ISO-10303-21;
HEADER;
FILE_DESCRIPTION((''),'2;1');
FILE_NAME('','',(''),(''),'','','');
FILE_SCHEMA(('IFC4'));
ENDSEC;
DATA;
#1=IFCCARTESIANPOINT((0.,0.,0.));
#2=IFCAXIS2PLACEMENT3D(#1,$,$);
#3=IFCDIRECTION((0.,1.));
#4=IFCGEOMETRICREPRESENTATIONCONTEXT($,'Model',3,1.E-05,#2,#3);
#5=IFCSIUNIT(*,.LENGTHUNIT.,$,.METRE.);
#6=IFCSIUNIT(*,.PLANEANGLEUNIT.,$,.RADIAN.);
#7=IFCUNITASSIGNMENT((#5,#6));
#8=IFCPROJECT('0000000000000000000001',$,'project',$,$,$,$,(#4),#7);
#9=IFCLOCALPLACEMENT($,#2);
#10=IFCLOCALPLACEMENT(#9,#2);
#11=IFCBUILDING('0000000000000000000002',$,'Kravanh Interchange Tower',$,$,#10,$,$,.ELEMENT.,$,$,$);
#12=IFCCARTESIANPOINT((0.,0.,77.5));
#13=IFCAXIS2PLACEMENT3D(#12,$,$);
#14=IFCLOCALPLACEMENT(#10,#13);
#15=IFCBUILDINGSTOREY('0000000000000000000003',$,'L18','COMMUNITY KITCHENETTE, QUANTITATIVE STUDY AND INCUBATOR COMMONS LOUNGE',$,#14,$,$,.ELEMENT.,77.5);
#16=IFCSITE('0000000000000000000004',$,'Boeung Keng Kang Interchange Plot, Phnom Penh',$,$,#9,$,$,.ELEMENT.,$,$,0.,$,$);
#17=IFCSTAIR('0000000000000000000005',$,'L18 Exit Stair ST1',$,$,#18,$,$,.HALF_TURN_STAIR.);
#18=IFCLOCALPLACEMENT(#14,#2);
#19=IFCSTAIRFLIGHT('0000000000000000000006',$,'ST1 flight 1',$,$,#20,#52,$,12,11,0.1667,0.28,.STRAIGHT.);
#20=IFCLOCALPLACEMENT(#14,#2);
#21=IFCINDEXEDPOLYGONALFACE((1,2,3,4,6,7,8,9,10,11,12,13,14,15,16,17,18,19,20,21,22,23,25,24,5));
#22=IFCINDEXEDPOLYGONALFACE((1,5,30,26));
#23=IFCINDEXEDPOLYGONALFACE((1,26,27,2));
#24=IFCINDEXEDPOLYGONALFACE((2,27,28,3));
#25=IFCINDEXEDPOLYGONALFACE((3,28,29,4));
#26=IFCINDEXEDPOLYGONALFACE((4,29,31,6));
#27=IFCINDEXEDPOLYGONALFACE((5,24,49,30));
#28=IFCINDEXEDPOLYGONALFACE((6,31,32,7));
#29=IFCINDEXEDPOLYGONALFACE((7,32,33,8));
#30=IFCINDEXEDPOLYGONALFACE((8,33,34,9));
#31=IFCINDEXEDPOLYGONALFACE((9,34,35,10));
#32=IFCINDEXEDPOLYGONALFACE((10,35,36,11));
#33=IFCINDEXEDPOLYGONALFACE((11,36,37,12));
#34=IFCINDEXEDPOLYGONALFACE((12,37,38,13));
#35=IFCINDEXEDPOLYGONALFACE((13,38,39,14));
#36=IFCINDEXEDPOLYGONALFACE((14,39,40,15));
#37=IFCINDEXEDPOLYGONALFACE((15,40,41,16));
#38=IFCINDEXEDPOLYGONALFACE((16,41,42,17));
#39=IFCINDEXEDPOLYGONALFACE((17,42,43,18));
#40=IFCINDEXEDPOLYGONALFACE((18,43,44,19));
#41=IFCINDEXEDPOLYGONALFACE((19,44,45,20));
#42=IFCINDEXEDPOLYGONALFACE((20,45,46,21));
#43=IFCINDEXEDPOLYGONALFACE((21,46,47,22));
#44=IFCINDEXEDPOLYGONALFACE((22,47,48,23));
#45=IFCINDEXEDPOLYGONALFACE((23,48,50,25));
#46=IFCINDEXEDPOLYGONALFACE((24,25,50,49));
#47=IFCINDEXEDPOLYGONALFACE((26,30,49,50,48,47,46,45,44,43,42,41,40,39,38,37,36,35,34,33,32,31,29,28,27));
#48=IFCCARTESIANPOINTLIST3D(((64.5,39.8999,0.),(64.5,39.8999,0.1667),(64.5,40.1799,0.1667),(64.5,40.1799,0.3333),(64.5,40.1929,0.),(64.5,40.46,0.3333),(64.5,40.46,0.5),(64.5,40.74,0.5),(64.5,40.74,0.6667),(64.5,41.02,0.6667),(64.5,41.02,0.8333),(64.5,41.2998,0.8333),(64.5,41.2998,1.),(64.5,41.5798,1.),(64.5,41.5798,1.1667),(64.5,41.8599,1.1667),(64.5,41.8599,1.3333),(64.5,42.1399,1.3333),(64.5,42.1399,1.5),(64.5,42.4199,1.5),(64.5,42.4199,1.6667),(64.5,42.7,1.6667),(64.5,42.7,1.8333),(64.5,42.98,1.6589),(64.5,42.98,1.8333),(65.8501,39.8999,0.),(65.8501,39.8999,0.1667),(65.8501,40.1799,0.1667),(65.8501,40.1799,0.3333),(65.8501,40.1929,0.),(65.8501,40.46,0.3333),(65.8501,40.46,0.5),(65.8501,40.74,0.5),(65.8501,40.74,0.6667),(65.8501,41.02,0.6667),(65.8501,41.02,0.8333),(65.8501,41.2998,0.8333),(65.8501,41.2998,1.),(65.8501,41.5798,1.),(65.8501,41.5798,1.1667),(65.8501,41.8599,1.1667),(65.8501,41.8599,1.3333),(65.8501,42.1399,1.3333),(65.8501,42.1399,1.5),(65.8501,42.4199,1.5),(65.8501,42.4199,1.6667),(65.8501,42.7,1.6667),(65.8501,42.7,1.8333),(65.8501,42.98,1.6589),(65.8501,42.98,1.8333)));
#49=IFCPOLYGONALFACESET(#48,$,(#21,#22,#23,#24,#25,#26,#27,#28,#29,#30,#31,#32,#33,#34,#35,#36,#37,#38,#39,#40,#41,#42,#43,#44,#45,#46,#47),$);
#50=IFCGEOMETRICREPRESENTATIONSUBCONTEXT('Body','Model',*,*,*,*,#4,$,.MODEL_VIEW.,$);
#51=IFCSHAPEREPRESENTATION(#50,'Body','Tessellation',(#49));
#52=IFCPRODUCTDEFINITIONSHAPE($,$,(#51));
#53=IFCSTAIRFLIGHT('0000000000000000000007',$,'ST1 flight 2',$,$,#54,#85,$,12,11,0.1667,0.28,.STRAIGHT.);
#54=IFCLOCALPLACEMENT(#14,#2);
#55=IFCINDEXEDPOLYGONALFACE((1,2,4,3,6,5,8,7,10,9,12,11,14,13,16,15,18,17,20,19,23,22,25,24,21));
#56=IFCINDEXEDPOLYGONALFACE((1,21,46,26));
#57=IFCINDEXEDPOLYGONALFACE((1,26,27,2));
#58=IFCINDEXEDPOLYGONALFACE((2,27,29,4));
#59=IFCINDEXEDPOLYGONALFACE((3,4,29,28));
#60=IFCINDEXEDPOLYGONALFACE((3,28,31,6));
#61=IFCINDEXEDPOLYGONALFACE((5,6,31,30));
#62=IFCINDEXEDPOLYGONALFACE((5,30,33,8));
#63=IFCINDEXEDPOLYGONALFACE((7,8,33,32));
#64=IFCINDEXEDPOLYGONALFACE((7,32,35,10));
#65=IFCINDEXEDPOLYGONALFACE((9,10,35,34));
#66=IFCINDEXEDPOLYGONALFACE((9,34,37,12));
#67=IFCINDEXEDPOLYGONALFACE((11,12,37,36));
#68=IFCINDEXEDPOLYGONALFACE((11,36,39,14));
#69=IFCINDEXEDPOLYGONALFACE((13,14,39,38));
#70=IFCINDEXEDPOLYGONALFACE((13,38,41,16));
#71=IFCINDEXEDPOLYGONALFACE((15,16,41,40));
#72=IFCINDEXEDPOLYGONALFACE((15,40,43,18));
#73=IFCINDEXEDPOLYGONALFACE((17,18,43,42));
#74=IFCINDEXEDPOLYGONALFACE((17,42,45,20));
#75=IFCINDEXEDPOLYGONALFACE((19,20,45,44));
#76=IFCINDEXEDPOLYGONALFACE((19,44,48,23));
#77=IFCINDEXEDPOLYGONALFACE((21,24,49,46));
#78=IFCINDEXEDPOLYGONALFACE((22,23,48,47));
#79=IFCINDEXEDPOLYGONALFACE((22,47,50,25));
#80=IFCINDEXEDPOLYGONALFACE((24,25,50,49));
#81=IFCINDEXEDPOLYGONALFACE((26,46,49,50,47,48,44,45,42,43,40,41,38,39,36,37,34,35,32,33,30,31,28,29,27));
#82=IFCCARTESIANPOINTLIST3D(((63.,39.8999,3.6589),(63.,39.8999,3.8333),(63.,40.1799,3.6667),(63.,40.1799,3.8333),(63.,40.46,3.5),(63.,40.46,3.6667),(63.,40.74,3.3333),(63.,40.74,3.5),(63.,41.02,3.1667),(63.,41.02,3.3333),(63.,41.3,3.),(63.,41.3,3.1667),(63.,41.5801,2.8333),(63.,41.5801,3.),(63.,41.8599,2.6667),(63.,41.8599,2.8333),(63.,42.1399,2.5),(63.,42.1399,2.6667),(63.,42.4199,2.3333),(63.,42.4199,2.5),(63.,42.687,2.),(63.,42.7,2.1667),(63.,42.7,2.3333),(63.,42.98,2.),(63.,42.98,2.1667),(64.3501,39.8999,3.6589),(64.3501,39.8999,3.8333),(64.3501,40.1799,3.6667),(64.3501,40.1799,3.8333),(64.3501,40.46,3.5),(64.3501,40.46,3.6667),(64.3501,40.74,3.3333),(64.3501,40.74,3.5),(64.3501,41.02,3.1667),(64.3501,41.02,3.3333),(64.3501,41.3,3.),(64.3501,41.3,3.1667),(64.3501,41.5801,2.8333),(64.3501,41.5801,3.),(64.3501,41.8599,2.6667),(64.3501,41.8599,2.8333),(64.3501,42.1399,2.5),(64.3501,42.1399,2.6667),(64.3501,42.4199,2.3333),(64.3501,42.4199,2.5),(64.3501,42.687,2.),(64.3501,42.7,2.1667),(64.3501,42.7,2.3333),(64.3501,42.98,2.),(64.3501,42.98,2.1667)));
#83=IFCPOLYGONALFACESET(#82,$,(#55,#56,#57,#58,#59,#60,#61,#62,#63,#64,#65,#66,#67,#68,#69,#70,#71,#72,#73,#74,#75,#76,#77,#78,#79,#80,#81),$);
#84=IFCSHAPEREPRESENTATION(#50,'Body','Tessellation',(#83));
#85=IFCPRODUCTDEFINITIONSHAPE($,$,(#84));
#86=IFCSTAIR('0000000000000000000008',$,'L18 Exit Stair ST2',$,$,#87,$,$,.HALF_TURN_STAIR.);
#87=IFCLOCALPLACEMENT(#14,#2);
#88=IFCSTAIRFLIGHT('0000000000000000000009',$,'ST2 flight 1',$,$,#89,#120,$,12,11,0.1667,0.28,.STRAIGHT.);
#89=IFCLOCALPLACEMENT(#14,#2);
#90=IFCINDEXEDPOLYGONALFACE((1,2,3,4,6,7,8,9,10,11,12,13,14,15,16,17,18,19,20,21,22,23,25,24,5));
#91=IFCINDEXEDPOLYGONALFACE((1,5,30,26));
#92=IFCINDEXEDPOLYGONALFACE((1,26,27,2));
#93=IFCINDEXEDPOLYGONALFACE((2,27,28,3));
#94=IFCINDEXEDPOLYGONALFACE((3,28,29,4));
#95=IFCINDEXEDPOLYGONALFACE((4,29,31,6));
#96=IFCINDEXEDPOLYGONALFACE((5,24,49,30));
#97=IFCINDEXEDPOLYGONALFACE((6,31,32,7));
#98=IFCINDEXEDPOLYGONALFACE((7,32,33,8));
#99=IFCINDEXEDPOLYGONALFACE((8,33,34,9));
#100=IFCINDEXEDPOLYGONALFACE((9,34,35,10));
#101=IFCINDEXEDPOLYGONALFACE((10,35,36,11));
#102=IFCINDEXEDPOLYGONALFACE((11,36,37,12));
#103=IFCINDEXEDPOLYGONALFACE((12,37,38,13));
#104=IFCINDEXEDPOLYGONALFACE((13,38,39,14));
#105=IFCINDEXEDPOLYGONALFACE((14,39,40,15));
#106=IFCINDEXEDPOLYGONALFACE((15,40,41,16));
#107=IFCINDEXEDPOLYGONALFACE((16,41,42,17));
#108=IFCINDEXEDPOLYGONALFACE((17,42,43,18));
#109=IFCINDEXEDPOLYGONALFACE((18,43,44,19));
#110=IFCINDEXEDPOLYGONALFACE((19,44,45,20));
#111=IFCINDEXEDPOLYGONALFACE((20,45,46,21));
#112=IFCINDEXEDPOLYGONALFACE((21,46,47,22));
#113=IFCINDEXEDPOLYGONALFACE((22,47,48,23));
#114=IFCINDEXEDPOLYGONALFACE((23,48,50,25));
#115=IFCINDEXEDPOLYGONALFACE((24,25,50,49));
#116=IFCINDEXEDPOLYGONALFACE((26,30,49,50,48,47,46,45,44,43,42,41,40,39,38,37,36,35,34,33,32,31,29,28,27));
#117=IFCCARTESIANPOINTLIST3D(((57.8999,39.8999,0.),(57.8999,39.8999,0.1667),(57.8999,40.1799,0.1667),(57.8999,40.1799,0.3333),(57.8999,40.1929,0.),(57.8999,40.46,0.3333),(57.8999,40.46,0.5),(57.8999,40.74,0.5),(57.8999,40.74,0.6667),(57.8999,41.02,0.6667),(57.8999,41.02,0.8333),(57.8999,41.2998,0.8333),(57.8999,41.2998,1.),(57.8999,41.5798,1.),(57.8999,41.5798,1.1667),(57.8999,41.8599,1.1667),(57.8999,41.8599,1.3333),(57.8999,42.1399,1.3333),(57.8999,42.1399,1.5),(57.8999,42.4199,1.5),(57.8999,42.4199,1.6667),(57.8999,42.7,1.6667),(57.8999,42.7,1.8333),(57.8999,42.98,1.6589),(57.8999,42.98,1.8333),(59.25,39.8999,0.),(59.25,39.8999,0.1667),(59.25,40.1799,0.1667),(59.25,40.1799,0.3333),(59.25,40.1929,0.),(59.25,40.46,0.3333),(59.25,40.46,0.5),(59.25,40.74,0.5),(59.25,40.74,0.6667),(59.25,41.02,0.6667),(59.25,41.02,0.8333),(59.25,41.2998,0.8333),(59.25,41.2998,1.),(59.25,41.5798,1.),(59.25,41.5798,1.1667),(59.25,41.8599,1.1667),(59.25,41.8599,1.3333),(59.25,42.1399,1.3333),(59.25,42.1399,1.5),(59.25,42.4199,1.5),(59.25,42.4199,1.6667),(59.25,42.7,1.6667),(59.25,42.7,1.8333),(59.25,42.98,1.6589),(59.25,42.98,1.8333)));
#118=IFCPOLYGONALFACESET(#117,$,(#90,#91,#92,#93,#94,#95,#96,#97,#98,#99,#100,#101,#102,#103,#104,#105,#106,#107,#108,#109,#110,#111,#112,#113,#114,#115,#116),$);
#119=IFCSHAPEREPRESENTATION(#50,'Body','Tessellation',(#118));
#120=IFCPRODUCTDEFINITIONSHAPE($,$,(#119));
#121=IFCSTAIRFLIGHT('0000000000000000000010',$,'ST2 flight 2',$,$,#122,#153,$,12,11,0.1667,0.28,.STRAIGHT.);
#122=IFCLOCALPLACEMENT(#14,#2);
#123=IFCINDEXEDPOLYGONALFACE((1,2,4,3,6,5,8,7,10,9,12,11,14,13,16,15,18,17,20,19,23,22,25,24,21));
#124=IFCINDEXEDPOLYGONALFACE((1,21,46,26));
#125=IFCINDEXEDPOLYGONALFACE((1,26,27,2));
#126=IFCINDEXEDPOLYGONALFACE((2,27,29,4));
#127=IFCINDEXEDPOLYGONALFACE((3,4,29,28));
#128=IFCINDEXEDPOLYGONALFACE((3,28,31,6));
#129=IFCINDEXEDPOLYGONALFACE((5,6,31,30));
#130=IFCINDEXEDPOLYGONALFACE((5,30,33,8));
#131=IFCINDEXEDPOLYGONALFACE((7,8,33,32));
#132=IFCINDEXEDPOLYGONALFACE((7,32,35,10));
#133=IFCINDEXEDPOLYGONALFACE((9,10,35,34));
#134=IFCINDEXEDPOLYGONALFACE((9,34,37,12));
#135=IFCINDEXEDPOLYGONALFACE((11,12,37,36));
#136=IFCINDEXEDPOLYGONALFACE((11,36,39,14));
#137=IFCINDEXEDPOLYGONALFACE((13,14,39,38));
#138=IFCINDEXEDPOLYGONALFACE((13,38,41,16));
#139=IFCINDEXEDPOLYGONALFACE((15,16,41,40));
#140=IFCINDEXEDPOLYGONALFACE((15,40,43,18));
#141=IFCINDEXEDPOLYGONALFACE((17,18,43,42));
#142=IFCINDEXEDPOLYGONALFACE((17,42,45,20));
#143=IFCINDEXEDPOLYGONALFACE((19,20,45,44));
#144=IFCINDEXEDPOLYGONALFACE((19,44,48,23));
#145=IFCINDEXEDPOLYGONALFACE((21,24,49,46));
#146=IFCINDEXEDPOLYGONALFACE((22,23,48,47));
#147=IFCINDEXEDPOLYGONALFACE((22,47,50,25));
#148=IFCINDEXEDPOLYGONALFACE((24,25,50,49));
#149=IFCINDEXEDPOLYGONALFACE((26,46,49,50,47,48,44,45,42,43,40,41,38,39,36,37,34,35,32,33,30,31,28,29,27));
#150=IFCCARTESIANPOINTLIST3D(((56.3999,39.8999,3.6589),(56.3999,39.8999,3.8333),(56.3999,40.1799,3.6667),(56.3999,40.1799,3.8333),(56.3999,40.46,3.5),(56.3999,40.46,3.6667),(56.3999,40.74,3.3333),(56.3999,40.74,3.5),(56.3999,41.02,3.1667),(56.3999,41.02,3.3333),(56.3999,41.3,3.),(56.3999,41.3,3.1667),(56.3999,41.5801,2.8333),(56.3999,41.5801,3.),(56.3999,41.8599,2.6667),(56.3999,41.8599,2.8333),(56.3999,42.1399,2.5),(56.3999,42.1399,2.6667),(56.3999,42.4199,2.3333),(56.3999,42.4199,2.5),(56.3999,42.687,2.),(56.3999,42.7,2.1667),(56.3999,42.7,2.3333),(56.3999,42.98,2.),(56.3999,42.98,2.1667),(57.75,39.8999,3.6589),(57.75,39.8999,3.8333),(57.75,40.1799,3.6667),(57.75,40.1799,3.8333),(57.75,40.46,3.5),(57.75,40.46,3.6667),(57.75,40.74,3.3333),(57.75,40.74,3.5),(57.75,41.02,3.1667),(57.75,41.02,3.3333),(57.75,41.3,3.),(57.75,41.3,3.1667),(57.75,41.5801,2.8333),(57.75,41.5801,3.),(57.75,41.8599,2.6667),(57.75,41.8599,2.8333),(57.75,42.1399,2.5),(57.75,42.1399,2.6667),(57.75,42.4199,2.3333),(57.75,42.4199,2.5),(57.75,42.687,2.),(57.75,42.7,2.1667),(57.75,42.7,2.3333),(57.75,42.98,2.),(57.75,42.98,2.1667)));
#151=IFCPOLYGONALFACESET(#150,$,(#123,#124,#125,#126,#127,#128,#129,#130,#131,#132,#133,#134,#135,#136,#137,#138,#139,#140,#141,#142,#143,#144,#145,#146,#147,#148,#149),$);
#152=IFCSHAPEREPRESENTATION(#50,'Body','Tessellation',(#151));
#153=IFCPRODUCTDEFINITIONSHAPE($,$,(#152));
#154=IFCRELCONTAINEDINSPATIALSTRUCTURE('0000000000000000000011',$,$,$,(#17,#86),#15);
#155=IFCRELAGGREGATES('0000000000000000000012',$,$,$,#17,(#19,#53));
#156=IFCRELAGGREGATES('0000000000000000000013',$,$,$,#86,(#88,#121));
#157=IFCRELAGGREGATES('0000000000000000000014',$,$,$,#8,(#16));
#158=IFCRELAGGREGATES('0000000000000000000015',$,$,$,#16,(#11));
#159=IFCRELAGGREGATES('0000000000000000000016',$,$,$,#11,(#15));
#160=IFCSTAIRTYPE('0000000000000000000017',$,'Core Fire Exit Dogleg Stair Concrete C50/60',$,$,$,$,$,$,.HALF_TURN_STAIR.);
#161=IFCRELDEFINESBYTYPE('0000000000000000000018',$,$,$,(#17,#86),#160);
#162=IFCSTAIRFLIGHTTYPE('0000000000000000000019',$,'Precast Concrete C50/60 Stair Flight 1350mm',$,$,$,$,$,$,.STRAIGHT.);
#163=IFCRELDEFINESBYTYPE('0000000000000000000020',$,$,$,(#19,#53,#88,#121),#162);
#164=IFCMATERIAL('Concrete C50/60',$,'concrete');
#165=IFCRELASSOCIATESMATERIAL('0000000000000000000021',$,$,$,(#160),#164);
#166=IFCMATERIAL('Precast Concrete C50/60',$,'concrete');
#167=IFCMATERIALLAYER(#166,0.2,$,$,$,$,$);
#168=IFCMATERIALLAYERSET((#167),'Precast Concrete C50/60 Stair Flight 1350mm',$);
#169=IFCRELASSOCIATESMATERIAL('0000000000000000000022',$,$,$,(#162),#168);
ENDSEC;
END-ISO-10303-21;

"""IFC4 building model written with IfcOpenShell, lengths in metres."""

from ifc_helpers import new_model, si_unit, direction, frame, origin, place, context, subcontext, project, spatial, polyline, outline, extrude, material, layer, layer_set, type_object, element, aggregate, save


model = new_model("IFC4")

# Units and contexts
model_context = context("Model", 3, precision=1e-05, world=origin(), true_north=direction((0.0, 1.0)))
body_context = subcontext(model_context, "Body", "Model", "MODEL_VIEW")
ifc_project = project(units=[si_unit("LENGTHUNIT", "METRE"), si_unit("PLANEANGLEUNIT", "RADIAN")], contexts=[model_context])

# Site, building, storey
site_placement = place(None, origin())
site = spatial("IfcSite", under=ifc_project, at=site_placement, Name="Boeung Keng Kang Interchange Plot, Phnom Penh", CompositionType="ELEMENT", RefElevation=0.0)
building_placement = place(site_placement, origin())
building = spatial("IfcBuilding", under=site, at=building_placement, Name="Kravanh Interchange Tower", CompositionType="ELEMENT")
storey_placement = place(building_placement, frame((0.0, 0.0, 77.5)))
storey = spatial("IfcBuildingStorey", under=building, at=storey_placement, Name="L18", Description="COMMUNITY KITCHENETTE, QUANTITATIVE STUDY AND INCUBATOR COMMONS LOUNGE", CompositionType="ELEMENT", Elevation=77.5)

# Stairs, stair flights
ifc_material_1 = material(Name="Concrete C50/60", Category="concrete")
stair_type = type_object("IfcStairType", Name="Core Fire Exit Dogleg Stair Concrete C50/60", PredefinedType="HALF_TURN_STAIR", material=ifc_material_1)
stair_1_placement = place(storey_placement, origin())
stair_1 = element("IfcStair", 1, at=stair_1_placement, inside=storey, type_object=stair_type, Name="L18 Exit Stair ST1", PredefinedType="HALF_TURN_STAIR")
ifc_material_2 = material(Name="Precast Concrete C50/60", Category="concrete")
ifc_layer_1 = layer(ifc_material_2, 0.2)
ifc_layer_set_1 = layer_set([ifc_layer_1], Name="Precast Concrete C50/60 Stair Flight 1350mm")
stair_flight_type = type_object("IfcStairFlightType", Name="Precast Concrete C50/60 Stair Flight 1350mm", PredefinedType="STRAIGHT", material=ifc_layer_set_1)
stair_flight_1_placement = place(storey_placement, frame((65.175, 39.8999, 0.0), z_axis=(0.0, 0.0, 1.0), x_axis=(0.0, 1.0, 0.0)))
stair_flight_1 = element("IfcStairFlight", 2, at=stair_flight_1_placement, type_object=stair_flight_type, Name="ST1 flight 1", NumberOfRisers=12, NumberOfTreads=11, PredefinedType="STRAIGHT", RiserHeight=0.1667, TreadLength=0.28, context=body_context, shape_type="SweptSolid", body=[
    extrude(outline(polyline([(0.0, 0.0), (0.0, 0.1667), (0.28, 0.1667), (0.28, 0.3333), (0.5601, 0.3333), (0.5601, 0.5), (0.8401, 0.5), (0.8401, 0.6667), (1.1201, 0.6667), (1.1201, 0.8333), (1.3999, 0.8333), (1.3999, 1.0), (1.6799, 1.0), (1.6799, 1.1667), (1.96, 1.1667), (1.96, 1.3333), (2.24, 1.3333), (2.24, 1.5), (2.52, 1.5), (2.52, 1.6667), (2.8, 1.6667), (2.8, 1.8333), (3.0801, 1.8333), (3.0801, 2.0), (3.0801, 1.6589), (0.293, 0.0), (0.0, 0.0)])), frame((0.0, 0.675, 0.0), z_axis=(0.0, -1.0, 0.0), x_axis=(1.0, 0.0, 0.0)), (0.0, 0.0, 1.0), 1.3501),
])
stair_flight_2_placement = place(storey_placement, frame((63.675, 42.98, 2.0), z_axis=(0.0, 0.0, 1.0), x_axis=(0.0, -1.0, 0.0)))
stair_flight_2 = element("IfcStairFlight", 3, at=stair_flight_2_placement, type_object=stair_flight_type, Name="ST1 flight 2", NumberOfRisers=12, NumberOfTreads=11, PredefinedType="STRAIGHT", RiserHeight=0.1667, TreadLength=0.28, context=body_context, shape_type="SweptSolid", body=[
    extrude(outline(polyline([(0.0, 0.0), (0.0, 0.1667), (0.28, 0.1667), (0.28, 0.3333), (0.5601, 0.3333), (0.5601, 0.5), (0.8401, 0.5), (0.8401, 0.6667), (1.1201, 0.6667), (1.1201, 0.8333), (1.3999, 0.8333), (1.3999, 1.0), (1.6799, 1.0), (1.6799, 1.1667), (1.96, 1.1667), (1.96, 1.3333), (2.24, 1.3333), (2.24, 1.5), (2.52, 1.5), (2.52, 1.6667), (2.8, 1.6667), (2.8, 1.8333), (3.0801, 1.8333), (3.0801, 2.0), (3.0801, 1.6589), (0.293, 0.0), (0.0, 0.0)])), frame((0.0, 0.675, 0.0), z_axis=(0.0, -1.0, 0.0), x_axis=(1.0, 0.0, 0.0)), (0.0, 0.0, 1.0), 1.3501),
])
aggregate(stair_1, [stair_flight_1, stair_flight_2])
stair_2_placement = place(storey_placement, origin())
stair_2 = element("IfcStair", 4, at=stair_2_placement, inside=storey, type_object=stair_type, Name="L18 Exit Stair ST2", PredefinedType="HALF_TURN_STAIR")
stair_flight_3_placement = place(storey_placement, frame((58.575, 39.8999, 0.0), z_axis=(0.0, 0.0, 1.0), x_axis=(0.0, 1.0, 0.0)))
stair_flight_3 = element("IfcStairFlight", 5, at=stair_flight_3_placement, type_object=stair_flight_type, Name="ST2 flight 1", NumberOfRisers=12, NumberOfTreads=11, PredefinedType="STRAIGHT", RiserHeight=0.1667, TreadLength=0.28, context=body_context, shape_type="SweptSolid", body=[
    extrude(outline(polyline([(0.0, 0.0), (0.0, 0.1667), (0.28, 0.1667), (0.28, 0.3333), (0.5601, 0.3333), (0.5601, 0.5), (0.8401, 0.5), (0.8401, 0.6667), (1.1201, 0.6667), (1.1201, 0.8333), (1.3999, 0.8333), (1.3999, 1.0), (1.6799, 1.0), (1.6799, 1.1667), (1.96, 1.1667), (1.96, 1.3333), (2.24, 1.3333), (2.24, 1.5), (2.52, 1.5), (2.52, 1.6667), (2.8, 1.6667), (2.8, 1.8333), (3.0801, 1.8333), (3.0801, 2.0), (3.0801, 1.6589), (0.293, 0.0), (0.0, 0.0)])), frame((0.0, 0.675, 0.0), z_axis=(0.0, -1.0, 0.0), x_axis=(1.0, 0.0, 0.0)), (0.0, 0.0, 1.0), 1.3501),
])
stair_flight_4_placement = place(storey_placement, frame((57.075, 42.98, 2.0), z_axis=(0.0, 0.0, 1.0), x_axis=(0.0, -1.0, 0.0)))
stair_flight_4 = element("IfcStairFlight", 6, at=stair_flight_4_placement, type_object=stair_flight_type, Name="ST2 flight 2", NumberOfRisers=12, NumberOfTreads=11, PredefinedType="STRAIGHT", RiserHeight=0.1667, TreadLength=0.28, context=body_context, shape_type="SweptSolid", body=[
    extrude(outline(polyline([(0.0, 0.0), (0.0, 0.1667), (0.28, 0.1667), (0.28, 0.3333), (0.5601, 0.3333), (0.5601, 0.5), (0.8401, 0.5), (0.8401, 0.6667), (1.1201, 0.6667), (1.1201, 0.8333), (1.3999, 0.8333), (1.3999, 1.0), (1.6799, 1.0), (1.6799, 1.1667), (1.96, 1.1667), (1.96, 1.3333), (2.24, 1.3333), (2.24, 1.5), (2.52, 1.5), (2.52, 1.6667), (2.8, 1.6667), (2.8, 1.8333), (3.0801, 1.8333), (3.0801, 2.0), (3.0801, 1.6589), (0.293, 0.0), (0.0, 0.0)])), frame((0.0, 0.675, 0.0), z_axis=(0.0, -1.0, 0.0), x_axis=(1.0, 0.0, 0.0)), (0.0, 0.0, 1.0), 1.3501),
])
aggregate(stair_2, [stair_flight_3, stair_flight_4])

save(model, "model.ifc")
